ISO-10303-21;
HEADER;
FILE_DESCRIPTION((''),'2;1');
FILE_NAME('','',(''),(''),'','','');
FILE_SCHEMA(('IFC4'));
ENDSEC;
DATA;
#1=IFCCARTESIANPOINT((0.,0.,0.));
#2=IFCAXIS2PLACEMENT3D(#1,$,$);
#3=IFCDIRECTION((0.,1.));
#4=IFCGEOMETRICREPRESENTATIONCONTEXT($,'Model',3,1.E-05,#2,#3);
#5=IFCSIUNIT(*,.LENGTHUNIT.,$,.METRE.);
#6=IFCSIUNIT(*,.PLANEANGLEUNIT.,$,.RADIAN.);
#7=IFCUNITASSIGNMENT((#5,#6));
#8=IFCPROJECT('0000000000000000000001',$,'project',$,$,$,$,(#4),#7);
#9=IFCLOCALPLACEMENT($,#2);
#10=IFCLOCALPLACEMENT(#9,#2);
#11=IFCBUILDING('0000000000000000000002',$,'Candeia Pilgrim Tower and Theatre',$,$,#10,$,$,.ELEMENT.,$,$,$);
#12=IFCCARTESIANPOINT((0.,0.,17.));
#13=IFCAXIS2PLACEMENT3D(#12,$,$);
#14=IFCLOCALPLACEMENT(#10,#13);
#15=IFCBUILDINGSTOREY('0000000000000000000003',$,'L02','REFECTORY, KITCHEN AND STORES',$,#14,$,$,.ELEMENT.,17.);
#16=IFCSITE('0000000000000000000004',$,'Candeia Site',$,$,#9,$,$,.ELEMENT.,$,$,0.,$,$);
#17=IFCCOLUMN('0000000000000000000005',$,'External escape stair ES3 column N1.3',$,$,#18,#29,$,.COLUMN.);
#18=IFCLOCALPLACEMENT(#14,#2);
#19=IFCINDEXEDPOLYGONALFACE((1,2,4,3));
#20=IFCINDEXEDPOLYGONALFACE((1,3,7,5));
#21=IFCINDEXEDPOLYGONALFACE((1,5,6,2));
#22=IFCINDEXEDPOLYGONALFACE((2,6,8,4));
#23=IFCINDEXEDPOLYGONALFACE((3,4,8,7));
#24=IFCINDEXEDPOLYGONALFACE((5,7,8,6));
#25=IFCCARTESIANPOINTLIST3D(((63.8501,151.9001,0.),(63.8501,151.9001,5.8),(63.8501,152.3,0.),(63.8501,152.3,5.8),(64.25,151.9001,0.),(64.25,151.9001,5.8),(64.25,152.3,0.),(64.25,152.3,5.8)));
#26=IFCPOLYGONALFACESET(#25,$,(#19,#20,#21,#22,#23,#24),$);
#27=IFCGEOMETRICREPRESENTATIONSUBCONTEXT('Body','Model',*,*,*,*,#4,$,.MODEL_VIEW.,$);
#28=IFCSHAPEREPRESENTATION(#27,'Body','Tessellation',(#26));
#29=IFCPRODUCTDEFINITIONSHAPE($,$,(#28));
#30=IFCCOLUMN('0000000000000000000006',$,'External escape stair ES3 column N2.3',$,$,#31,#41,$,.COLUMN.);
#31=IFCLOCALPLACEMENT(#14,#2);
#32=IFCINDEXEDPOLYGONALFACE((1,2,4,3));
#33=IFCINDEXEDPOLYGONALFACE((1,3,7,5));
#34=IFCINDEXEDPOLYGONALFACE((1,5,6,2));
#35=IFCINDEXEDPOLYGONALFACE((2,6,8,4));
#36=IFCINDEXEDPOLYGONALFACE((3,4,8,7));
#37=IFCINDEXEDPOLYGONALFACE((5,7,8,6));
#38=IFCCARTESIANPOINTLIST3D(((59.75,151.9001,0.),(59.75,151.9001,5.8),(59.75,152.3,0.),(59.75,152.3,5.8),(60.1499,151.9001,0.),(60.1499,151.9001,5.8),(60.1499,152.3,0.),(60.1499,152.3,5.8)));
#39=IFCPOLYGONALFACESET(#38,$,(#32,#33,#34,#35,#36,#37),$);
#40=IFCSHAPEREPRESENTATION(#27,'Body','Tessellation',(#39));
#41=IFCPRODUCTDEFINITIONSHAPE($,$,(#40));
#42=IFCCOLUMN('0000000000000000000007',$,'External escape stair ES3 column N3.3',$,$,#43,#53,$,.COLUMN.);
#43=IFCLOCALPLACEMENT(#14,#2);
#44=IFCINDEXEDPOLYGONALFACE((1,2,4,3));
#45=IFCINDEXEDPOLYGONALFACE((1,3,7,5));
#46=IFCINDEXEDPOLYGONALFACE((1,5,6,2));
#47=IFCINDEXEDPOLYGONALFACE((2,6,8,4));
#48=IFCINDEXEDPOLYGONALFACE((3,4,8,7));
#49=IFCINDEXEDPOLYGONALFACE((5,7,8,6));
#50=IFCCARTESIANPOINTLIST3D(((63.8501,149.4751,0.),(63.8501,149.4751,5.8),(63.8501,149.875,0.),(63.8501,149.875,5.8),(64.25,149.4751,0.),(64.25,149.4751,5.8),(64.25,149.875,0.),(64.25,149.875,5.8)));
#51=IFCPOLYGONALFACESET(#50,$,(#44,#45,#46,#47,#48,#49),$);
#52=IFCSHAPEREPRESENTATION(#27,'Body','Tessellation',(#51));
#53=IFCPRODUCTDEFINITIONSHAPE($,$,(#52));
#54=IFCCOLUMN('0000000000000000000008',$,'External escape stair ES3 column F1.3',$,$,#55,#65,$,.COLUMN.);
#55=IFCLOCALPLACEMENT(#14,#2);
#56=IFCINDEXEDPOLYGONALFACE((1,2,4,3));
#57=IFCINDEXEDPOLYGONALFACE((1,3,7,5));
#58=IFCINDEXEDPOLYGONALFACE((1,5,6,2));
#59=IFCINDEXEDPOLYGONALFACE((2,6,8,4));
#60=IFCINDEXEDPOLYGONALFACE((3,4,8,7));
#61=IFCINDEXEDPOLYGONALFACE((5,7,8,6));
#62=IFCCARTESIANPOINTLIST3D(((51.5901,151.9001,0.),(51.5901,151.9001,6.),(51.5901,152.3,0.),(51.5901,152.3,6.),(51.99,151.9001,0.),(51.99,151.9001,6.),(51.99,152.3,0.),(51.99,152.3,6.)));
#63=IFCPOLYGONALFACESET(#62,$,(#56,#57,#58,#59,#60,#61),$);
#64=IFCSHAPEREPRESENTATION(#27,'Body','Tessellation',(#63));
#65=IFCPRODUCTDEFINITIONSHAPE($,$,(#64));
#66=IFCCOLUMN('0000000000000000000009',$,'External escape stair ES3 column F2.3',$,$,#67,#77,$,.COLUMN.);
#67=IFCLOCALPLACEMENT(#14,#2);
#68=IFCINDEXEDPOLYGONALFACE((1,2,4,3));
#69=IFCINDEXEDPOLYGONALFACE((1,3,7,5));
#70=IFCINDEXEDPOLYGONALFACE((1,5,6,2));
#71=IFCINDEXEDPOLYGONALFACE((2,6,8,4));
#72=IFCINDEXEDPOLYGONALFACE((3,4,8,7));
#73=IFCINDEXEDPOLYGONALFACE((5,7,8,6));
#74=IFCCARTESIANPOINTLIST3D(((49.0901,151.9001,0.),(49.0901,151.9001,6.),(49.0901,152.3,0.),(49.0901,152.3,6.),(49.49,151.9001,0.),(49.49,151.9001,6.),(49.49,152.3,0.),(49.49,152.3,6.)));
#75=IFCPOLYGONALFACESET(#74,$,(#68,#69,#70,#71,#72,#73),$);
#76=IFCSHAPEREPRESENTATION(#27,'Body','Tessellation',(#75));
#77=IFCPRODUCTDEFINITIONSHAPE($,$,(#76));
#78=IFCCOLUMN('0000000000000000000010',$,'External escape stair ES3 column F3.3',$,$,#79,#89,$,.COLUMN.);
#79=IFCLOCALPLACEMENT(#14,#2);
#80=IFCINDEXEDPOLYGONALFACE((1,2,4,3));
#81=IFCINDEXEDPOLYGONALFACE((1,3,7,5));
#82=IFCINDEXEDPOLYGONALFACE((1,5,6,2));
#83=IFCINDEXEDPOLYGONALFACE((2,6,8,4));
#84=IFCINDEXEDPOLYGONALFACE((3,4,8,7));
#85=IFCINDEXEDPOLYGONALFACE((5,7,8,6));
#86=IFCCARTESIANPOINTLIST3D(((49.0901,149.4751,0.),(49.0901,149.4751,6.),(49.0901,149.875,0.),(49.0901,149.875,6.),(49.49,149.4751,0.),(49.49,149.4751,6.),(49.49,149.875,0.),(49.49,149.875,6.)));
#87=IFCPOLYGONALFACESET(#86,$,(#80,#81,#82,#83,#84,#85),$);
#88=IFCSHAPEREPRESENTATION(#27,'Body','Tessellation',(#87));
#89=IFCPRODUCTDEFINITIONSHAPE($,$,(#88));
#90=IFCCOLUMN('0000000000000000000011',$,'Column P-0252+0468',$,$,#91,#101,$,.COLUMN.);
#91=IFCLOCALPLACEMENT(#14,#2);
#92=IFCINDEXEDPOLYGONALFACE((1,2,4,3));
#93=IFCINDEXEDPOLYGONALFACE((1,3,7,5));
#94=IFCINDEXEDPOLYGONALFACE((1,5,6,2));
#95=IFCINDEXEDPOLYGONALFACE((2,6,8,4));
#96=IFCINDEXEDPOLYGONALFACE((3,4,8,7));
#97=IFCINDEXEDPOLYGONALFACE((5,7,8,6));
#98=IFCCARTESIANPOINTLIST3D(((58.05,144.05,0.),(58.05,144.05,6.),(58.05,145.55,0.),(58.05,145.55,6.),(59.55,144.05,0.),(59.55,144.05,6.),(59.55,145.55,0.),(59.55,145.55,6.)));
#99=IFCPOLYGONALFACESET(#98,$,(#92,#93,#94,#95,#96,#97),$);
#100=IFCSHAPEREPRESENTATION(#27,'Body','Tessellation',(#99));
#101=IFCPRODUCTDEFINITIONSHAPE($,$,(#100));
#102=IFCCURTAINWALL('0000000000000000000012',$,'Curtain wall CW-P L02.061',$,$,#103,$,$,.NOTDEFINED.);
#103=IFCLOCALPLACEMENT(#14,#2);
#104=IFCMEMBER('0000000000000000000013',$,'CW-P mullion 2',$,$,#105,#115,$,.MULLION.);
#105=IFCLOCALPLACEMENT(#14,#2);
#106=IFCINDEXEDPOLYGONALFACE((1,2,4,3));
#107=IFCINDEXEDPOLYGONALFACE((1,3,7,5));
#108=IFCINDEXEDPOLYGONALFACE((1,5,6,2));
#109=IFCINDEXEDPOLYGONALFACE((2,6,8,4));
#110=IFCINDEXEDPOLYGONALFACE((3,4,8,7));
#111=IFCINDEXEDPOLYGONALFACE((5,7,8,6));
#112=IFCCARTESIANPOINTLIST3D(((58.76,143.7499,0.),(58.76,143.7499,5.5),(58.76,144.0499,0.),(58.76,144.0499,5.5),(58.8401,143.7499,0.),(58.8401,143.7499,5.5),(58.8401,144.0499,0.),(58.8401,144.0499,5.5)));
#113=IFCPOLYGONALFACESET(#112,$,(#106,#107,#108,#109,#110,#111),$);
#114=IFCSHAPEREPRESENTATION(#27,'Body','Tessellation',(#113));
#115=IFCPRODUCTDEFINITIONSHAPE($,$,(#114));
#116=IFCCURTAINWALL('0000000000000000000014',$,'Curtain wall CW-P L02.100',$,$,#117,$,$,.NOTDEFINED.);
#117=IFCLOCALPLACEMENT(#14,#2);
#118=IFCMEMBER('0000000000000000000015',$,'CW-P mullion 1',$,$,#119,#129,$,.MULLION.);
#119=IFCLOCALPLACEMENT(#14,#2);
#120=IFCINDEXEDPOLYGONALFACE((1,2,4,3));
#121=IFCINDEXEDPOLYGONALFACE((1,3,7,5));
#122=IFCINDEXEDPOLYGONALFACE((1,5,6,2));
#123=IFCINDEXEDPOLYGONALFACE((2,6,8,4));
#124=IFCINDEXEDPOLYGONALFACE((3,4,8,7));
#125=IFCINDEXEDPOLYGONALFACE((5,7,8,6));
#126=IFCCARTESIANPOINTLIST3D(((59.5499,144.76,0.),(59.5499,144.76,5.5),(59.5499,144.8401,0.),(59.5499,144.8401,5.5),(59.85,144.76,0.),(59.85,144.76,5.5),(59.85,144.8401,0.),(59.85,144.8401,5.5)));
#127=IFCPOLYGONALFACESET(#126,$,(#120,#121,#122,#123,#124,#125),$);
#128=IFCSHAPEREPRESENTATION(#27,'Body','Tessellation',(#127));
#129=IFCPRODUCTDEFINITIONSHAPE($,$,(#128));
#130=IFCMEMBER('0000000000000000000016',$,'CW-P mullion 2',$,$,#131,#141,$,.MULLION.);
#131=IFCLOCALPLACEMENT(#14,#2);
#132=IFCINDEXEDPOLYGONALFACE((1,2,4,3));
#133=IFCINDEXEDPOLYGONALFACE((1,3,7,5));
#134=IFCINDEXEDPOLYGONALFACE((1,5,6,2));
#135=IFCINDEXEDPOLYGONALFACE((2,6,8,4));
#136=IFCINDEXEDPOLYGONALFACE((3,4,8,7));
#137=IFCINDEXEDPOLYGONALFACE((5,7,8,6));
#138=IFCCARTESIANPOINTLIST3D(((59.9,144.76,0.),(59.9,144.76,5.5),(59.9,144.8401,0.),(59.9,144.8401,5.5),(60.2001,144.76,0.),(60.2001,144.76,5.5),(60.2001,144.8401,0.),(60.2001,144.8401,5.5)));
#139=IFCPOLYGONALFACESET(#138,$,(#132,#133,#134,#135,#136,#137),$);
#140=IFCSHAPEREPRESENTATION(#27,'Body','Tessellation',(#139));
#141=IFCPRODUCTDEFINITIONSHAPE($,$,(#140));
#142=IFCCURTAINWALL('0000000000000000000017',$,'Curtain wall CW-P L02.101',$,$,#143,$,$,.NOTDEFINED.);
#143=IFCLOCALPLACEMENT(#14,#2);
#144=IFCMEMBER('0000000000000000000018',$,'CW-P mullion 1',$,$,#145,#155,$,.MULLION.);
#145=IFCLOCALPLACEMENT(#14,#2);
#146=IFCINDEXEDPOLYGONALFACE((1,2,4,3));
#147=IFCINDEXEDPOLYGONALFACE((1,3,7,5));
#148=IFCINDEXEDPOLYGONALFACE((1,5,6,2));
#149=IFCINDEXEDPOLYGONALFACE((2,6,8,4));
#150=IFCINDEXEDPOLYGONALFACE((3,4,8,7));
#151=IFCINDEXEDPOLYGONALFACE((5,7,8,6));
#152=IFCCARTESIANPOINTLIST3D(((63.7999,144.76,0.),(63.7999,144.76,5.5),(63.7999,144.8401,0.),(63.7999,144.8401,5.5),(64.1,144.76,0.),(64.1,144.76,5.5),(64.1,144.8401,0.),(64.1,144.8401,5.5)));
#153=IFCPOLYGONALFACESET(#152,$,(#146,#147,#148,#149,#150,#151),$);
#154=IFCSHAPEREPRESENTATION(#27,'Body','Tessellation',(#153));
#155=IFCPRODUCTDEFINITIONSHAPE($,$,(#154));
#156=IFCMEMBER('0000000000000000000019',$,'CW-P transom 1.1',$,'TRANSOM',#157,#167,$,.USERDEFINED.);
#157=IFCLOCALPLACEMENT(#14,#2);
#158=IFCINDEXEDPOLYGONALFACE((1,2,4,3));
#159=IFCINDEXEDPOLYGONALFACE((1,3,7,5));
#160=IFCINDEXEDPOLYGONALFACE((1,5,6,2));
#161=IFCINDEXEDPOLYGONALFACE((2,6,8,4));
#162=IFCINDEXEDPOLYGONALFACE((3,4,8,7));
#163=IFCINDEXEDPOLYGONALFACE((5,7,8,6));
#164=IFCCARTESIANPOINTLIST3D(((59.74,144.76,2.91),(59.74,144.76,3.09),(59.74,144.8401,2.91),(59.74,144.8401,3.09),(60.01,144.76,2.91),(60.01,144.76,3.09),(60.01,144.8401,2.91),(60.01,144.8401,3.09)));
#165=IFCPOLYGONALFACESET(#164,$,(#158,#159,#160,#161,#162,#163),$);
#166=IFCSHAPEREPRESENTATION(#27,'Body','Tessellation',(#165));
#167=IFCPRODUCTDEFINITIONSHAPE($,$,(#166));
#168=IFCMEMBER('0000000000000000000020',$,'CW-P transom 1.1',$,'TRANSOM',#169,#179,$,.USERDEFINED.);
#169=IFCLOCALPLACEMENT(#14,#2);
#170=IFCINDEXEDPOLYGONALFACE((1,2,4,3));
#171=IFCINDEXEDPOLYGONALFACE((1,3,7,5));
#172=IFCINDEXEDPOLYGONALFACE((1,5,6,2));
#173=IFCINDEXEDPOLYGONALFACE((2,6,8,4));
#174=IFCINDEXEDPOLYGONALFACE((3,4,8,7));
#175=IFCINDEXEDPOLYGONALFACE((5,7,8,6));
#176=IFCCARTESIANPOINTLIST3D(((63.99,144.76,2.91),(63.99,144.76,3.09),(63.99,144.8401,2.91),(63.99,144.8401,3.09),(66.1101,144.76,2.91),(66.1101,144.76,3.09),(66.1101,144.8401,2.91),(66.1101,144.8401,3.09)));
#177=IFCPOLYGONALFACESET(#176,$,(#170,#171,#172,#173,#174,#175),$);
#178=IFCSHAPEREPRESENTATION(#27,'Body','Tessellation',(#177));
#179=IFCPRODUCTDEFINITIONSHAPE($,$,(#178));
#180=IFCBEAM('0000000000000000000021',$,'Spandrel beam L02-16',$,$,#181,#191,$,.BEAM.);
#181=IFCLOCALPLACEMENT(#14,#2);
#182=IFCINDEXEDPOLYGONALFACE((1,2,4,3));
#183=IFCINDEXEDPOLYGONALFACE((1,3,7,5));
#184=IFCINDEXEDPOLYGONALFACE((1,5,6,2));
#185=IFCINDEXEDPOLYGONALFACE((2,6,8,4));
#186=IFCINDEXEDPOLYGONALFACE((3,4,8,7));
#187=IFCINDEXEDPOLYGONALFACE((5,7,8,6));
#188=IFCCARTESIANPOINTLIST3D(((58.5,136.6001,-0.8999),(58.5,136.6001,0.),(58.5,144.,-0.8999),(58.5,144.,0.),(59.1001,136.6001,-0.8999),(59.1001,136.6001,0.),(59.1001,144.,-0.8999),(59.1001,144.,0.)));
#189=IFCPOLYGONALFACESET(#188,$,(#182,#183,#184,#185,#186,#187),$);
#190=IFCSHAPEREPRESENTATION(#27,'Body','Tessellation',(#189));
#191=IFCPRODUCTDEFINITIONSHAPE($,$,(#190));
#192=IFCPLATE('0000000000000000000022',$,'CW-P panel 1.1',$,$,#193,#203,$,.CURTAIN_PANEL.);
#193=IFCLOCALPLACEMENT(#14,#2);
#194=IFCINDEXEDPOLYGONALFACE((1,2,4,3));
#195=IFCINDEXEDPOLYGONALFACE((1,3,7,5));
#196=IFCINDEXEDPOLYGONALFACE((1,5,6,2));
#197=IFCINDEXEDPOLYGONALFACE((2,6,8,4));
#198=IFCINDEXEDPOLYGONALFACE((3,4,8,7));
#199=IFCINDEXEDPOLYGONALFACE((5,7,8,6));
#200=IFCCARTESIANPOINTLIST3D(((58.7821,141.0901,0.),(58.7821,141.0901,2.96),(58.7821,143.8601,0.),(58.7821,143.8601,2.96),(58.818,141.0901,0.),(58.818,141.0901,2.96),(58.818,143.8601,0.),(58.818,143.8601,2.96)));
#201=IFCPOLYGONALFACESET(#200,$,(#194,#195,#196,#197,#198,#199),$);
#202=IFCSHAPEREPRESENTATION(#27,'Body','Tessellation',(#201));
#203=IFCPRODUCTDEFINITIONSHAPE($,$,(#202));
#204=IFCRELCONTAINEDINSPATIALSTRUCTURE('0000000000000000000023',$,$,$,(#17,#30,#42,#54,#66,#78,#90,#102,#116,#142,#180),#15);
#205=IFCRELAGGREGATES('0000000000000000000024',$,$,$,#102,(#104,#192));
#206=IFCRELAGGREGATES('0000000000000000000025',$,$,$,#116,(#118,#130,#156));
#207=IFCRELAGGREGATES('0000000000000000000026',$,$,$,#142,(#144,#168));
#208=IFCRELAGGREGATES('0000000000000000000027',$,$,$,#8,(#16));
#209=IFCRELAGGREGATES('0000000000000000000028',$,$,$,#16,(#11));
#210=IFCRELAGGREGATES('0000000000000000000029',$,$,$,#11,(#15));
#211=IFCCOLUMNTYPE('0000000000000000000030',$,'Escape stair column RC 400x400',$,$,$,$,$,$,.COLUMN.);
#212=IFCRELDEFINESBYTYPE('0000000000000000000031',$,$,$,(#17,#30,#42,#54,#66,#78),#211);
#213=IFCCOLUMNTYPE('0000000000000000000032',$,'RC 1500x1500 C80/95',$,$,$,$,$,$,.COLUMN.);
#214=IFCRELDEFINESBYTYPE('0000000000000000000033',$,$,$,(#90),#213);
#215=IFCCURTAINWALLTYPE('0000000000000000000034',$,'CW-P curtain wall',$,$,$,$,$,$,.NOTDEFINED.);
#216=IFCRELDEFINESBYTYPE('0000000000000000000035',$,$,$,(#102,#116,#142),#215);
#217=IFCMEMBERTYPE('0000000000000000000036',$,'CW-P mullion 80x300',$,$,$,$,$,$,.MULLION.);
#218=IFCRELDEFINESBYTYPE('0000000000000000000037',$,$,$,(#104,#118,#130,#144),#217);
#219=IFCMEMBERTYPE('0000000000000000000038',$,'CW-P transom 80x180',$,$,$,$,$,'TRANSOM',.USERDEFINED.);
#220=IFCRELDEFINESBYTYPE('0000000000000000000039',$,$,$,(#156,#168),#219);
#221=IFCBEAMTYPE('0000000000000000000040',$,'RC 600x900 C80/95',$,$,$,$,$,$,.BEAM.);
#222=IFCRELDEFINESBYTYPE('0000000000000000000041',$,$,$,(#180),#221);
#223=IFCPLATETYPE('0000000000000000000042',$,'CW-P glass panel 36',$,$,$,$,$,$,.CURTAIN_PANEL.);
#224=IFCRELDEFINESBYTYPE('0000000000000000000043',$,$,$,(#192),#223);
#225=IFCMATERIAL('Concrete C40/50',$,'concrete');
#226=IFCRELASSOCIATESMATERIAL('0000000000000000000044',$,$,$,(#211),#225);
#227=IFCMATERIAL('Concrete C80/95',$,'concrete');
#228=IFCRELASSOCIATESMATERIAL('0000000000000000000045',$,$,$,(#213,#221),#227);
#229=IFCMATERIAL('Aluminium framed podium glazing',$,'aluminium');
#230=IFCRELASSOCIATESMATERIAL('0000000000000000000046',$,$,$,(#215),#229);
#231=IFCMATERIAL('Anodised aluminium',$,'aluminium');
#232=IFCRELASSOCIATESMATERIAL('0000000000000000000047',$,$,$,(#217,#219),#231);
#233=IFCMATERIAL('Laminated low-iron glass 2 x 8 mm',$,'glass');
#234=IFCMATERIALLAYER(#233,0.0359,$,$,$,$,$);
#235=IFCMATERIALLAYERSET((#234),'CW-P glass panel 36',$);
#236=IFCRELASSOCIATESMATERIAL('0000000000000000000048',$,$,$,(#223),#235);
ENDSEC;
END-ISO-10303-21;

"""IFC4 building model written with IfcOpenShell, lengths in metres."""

from ifc_helpers import new_model, si_unit, direction, frame, origin, origin_2d, place, context, subcontext, project, spatial, rectangle, extrude, material, layer, layer_set, material_profile, profile_set, type_object, element, aggregate, save


model = new_model("IFC4")

# Units and contexts
model_context = context("Model", 3, precision=1e-05, world=origin(), true_north=direction((0.0, 1.0)))
body_context = subcontext(model_context, "Body", "Model", "MODEL_VIEW")
ifc_project = project(units=[si_unit("LENGTHUNIT", "METRE"), si_unit("PLANEANGLEUNIT", "RADIAN")], contexts=[model_context])

# Site, building, storey
site_placement = place(None, origin())
site = spatial("IfcSite", under=ifc_project, at=site_placement, Name="Candeia Site", CompositionType="ELEMENT", RefElevation=0.0)
building_placement = place(site_placement, origin())
building = spatial("IfcBuilding", under=site, at=building_placement, Name="Candeia Pilgrim Tower and Theatre", CompositionType="ELEMENT")
storey_placement = place(building_placement, frame((0.0, 0.0, 17.0)))
storey = spatial("IfcBuildingStorey", under=building, at=storey_placement, Name="L02", Description="REFECTORY, KITCHEN AND STORES", CompositionType="ELEMENT", Elevation=17.0)

# Columns
ifc_material_1 = material(Name="Concrete C40/50", Category="concrete")
ifc_material_profile_1 = material_profile(ifc_material_1, rectangle(XDim=0.3999, YDim=0.3999, at=origin_2d()))
ifc_profile_set_1 = profile_set([ifc_material_profile_1], Name="Concrete C40/50")
column_type_1 = type_object("IfcColumnType", Name="Escape stair column RC 400x400", PredefinedType="COLUMN", material=ifc_profile_set_1)
for number, where, z_axis, x_axis, name in (
    (1, (64.05, 152.1001, 0.0), (0.0, 0.0, 1.0), (1.0, 0.0, 0.0), "External escape stair ES3 column N1.3"),
    (2, (59.95, 152.1001, 0.0), (0.0, 0.0, 1.0), (1.0, 0.0, 0.0), "External escape stair ES3 column N2.3"),
    (3, (64.05, 149.675, 0.0), (0.0, 0.0, 1.0), (1.0, 0.0, 0.0), "External escape stair ES3 column N3.3"),
):
    element("IfcColumn", number, at=place(storey_placement, frame(where, z_axis=z_axis, x_axis=x_axis)), inside=storey, type_object=column_type_1, Name=name, PredefinedType="COLUMN", context=body_context, shape_type="SweptSolid", body=[
        extrude(rectangle(XDim=0.3999, YDim=0.3999, at=origin_2d()), origin(), (0.0, 0.0, 1.0), 5.8),
    ])
for number, where, z_axis, x_axis, name in (
    (4, (51.79, 152.1001, 0.0), (0.0, 0.0, 1.0), (1.0, 0.0, 0.0), "External escape stair ES3 column F1.3"),
    (5, (49.29, 152.1001, 0.0), (0.0, 0.0, 1.0), (1.0, 0.0, 0.0), "External escape stair ES3 column F2.3"),
    (6, (49.29, 149.675, 0.0), (0.0, 0.0, 1.0), (1.0, 0.0, 0.0), "External escape stair ES3 column F3.3"),
):
    element("IfcColumn", number, at=place(storey_placement, frame(where, z_axis=z_axis, x_axis=x_axis)), inside=storey, type_object=column_type_1, Name=name, PredefinedType="COLUMN", context=body_context, shape_type="SweptSolid", body=[
        extrude(rectangle(XDim=0.3999, YDim=0.3999, at=origin_2d()), origin(), (0.0, 0.0, 1.0), 6.0),
    ])
ifc_material_2 = material(Name="Concrete C80/95", Category="concrete")
ifc_material_profile_2 = material_profile(ifc_material_2, rectangle(XDim=1.5, YDim=1.5, at=origin_2d()))
ifc_profile_set_2 = profile_set([ifc_material_profile_2], Name="Concrete C80/95")
column_type_2 = type_object("IfcColumnType", Name="RC 1500x1500 C80/95", PredefinedType="COLUMN", material=ifc_profile_set_2)
column_placement = place(storey_placement, frame((58.8, 144.8, 0.0), z_axis=(0.0, 0.0, 1.0), x_axis=(1.0, 0.0, 0.0)))
element("IfcColumn", 7, at=column_placement, inside=storey, type_object=column_type_2, Name="Column P-0252+0468", PredefinedType="COLUMN", context=body_context, shape_type="SweptSolid", body=[
    extrude(rectangle(XDim=1.5, YDim=1.5, at=origin_2d()), origin(), (0.0, 0.0, 1.0), 6.0),
])

# Curtain wall, member
ifc_material_3 = material(Name="Aluminium framed podium glazing", Category="aluminium")
curtain_wall_type = type_object("IfcCurtainWallType", Name="CW-P curtain wall", PredefinedType="NOTDEFINED", material=ifc_material_3)
curtain_wall_1_placement = place(storey_placement, origin())
curtain_wall_1 = element("IfcCurtainWall", 8, at=curtain_wall_1_placement, inside=storey, type_object=curtain_wall_type, Name="Curtain wall CW-P L02.061", PredefinedType="NOTDEFINED")
ifc_material_4 = material(Name="Anodised aluminium", Category="aluminium")
ifc_material_profile_3 = material_profile(ifc_material_4, rectangle(XDim=0.0801, YDim=0.3, at=origin_2d()))
ifc_profile_set_3 = profile_set([ifc_material_profile_3], Name="Anodised aluminium")
member_type_1 = type_object("IfcMemberType", Name="CW-P mullion 80x300", PredefinedType="MULLION", material=ifc_profile_set_3)
member_1_placement = place(storey_placement, frame((58.8, 143.8999, 0.0), z_axis=(0.0, 0.0, 1.0), x_axis=(-1.0, 0.0, 0.0)))
member_1 = element("IfcMember", 9, at=member_1_placement, type_object=member_type_1, Name="CW-P mullion 2", PredefinedType="MULLION", context=body_context, shape_type="SweptSolid", body=[
    extrude(rectangle(XDim=0.0801, YDim=0.3, at=origin_2d()), origin(), (0.0, 0.0, 1.0), 5.5),
])

# Curtain wall, members
curtain_wall_2_placement = place(storey_placement, origin())
curtain_wall_2 = element("IfcCurtainWall", 10, at=curtain_wall_2_placement, inside=storey, type_object=curtain_wall_type, Name="Curtain wall CW-P L02.100", PredefinedType="NOTDEFINED")
member_2_placement = place(storey_placement, frame((59.7, 144.8, 0.0), z_axis=(0.0, 0.0, 1.0), x_axis=(0.0, 1.0, 0.0)))
member_2 = element("IfcMember", 11, at=member_2_placement, type_object=member_type_1, Name="CW-P mullion 1", PredefinedType="MULLION", context=body_context, shape_type="SweptSolid", body=[
    extrude(rectangle(XDim=0.0801, YDim=0.3, at=origin_2d()), origin(), (0.0, 0.0, 1.0), 5.5),
])
member_3_placement = place(storey_placement, frame((60.05, 144.8, 0.0), z_axis=(0.0, 0.0, 1.0), x_axis=(0.0, 1.0, 0.0)))
member_3 = element("IfcMember", 12, at=member_3_placement, type_object=member_type_1, Name="CW-P mullion 2", PredefinedType="MULLION", context=body_context, shape_type="SweptSolid", body=[
    extrude(rectangle(XDim=0.0801, YDim=0.3, at=origin_2d()), origin(), (0.0, 0.0, 1.0), 5.5),
])

# Curtain wall, member
curtain_wall_3_placement = place(storey_placement, origin())
curtain_wall_3 = element("IfcCurtainWall", 13, at=curtain_wall_3_placement, inside=storey, type_object=curtain_wall_type, Name="Curtain wall CW-P L02.101", PredefinedType="NOTDEFINED")
member_4_placement = place(storey_placement, frame((63.95, 144.8, 0.0), z_axis=(0.0, 0.0, 1.0), x_axis=(0.0, 1.0, 0.0)))
member_4 = element("IfcMember", 14, at=member_4_placement, type_object=member_type_1, Name="CW-P mullion 1", PredefinedType="MULLION", context=body_context, shape_type="SweptSolid", body=[
    extrude(rectangle(XDim=0.0801, YDim=0.3, at=origin_2d()), origin(), (0.0, 0.0, 1.0), 5.5),
])

# Members
ifc_material_profile_4 = material_profile(ifc_material_4, rectangle(XDim=0.0801, YDim=0.1799, at=origin_2d()))
ifc_profile_set_4 = profile_set([ifc_material_profile_4], Name="Anodised aluminium")
member_type_2 = type_object("IfcMemberType", Name="CW-P transom 80x180", ElementType="TRANSOM", PredefinedType="USERDEFINED", material=ifc_profile_set_4)
member_5_placement = place(storey_placement, frame((59.74, 144.8, 3.0), z_axis=(1.0, 0.0, 0.0), x_axis=(0.0, 1.0, 0.0)))
member_5 = element("IfcMember", 15, at=member_5_placement, type_object=member_type_2, Name="CW-P transom 1.1", ObjectType="TRANSOM", PredefinedType="USERDEFINED", context=body_context, shape_type="SweptSolid", body=[
    extrude(rectangle(XDim=0.0801, YDim=0.1799, at=origin_2d()), origin(), (0.0, 0.0, 1.0), 0.27),
])
member_6_placement = place(storey_placement, frame((63.99, 144.8, 3.0), z_axis=(1.0, 0.0, 0.0), x_axis=(0.0, 1.0, 0.0)))
member_6 = element("IfcMember", 16, at=member_6_placement, type_object=member_type_2, Name="CW-P transom 1.1", ObjectType="TRANSOM", PredefinedType="USERDEFINED", context=body_context, shape_type="SweptSolid", body=[
    extrude(rectangle(XDim=0.0801, YDim=0.1799, at=origin_2d()), origin(), (0.0, 0.0, 1.0), 2.1201),
])

# Beam
ifc_material_profile_5 = material_profile(ifc_material_2, rectangle(XDim=0.6001, YDim=0.8999, at=origin_2d()))
ifc_profile_set_5 = profile_set([ifc_material_profile_5], Name="Concrete C80/95")
beam_type = type_object("IfcBeamType", Name="RC 600x900 C80/95", PredefinedType="BEAM", material=ifc_profile_set_5)
beam_placement = place(storey_placement, frame((58.8, 144.0, -0.45), z_axis=(0.0, -1.0, 0.0), x_axis=(1.0, 0.0, 0.0)))
element("IfcBeam", 17, at=beam_placement, inside=storey, type_object=beam_type, Name="Spandrel beam L02-16", PredefinedType="BEAM", context=body_context, shape_type="SweptSolid", body=[
    extrude(rectangle(XDim=0.6001, YDim=0.8999, at=origin_2d()), origin(), (0.0, 0.0, 1.0), 7.3999),
])

# Plate
ifc_material_5 = material(Name="Laminated low-iron glass 2 x 8 mm", Category="glass")
ifc_layer_1 = layer(ifc_material_5, 0.0359)
ifc_layer_set_1 = layer_set([ifc_layer_1], Name="CW-P glass panel 36")
plate_type = type_object("IfcPlateType", Name="CW-P glass panel 36", PredefinedType="CURTAIN_PANEL", material=ifc_layer_set_1)
plate_1_placement = place(storey_placement, frame((58.8, 142.4751, 0.0), z_axis=(0.0, 0.0, 1.0), x_axis=(0.0, 1.0, 0.0)))
plate_1 = element("IfcPlate", 18, at=plate_1_placement, type_object=plate_type, Name="CW-P panel 1.1", PredefinedType="CURTAIN_PANEL", context=body_context, shape_type="SweptSolid", body=[
    extrude(rectangle(XDim=2.77, YDim=0.0359, at=origin_2d()), origin(), (0.0, 0.0, 1.0), 2.96),
])
aggregate(curtain_wall_1, [member_1, plate_1])
aggregate(curtain_wall_2, [member_2, member_3, member_5])
aggregate(curtain_wall_3, [member_4, member_6])

save(model, "model.ifc")
